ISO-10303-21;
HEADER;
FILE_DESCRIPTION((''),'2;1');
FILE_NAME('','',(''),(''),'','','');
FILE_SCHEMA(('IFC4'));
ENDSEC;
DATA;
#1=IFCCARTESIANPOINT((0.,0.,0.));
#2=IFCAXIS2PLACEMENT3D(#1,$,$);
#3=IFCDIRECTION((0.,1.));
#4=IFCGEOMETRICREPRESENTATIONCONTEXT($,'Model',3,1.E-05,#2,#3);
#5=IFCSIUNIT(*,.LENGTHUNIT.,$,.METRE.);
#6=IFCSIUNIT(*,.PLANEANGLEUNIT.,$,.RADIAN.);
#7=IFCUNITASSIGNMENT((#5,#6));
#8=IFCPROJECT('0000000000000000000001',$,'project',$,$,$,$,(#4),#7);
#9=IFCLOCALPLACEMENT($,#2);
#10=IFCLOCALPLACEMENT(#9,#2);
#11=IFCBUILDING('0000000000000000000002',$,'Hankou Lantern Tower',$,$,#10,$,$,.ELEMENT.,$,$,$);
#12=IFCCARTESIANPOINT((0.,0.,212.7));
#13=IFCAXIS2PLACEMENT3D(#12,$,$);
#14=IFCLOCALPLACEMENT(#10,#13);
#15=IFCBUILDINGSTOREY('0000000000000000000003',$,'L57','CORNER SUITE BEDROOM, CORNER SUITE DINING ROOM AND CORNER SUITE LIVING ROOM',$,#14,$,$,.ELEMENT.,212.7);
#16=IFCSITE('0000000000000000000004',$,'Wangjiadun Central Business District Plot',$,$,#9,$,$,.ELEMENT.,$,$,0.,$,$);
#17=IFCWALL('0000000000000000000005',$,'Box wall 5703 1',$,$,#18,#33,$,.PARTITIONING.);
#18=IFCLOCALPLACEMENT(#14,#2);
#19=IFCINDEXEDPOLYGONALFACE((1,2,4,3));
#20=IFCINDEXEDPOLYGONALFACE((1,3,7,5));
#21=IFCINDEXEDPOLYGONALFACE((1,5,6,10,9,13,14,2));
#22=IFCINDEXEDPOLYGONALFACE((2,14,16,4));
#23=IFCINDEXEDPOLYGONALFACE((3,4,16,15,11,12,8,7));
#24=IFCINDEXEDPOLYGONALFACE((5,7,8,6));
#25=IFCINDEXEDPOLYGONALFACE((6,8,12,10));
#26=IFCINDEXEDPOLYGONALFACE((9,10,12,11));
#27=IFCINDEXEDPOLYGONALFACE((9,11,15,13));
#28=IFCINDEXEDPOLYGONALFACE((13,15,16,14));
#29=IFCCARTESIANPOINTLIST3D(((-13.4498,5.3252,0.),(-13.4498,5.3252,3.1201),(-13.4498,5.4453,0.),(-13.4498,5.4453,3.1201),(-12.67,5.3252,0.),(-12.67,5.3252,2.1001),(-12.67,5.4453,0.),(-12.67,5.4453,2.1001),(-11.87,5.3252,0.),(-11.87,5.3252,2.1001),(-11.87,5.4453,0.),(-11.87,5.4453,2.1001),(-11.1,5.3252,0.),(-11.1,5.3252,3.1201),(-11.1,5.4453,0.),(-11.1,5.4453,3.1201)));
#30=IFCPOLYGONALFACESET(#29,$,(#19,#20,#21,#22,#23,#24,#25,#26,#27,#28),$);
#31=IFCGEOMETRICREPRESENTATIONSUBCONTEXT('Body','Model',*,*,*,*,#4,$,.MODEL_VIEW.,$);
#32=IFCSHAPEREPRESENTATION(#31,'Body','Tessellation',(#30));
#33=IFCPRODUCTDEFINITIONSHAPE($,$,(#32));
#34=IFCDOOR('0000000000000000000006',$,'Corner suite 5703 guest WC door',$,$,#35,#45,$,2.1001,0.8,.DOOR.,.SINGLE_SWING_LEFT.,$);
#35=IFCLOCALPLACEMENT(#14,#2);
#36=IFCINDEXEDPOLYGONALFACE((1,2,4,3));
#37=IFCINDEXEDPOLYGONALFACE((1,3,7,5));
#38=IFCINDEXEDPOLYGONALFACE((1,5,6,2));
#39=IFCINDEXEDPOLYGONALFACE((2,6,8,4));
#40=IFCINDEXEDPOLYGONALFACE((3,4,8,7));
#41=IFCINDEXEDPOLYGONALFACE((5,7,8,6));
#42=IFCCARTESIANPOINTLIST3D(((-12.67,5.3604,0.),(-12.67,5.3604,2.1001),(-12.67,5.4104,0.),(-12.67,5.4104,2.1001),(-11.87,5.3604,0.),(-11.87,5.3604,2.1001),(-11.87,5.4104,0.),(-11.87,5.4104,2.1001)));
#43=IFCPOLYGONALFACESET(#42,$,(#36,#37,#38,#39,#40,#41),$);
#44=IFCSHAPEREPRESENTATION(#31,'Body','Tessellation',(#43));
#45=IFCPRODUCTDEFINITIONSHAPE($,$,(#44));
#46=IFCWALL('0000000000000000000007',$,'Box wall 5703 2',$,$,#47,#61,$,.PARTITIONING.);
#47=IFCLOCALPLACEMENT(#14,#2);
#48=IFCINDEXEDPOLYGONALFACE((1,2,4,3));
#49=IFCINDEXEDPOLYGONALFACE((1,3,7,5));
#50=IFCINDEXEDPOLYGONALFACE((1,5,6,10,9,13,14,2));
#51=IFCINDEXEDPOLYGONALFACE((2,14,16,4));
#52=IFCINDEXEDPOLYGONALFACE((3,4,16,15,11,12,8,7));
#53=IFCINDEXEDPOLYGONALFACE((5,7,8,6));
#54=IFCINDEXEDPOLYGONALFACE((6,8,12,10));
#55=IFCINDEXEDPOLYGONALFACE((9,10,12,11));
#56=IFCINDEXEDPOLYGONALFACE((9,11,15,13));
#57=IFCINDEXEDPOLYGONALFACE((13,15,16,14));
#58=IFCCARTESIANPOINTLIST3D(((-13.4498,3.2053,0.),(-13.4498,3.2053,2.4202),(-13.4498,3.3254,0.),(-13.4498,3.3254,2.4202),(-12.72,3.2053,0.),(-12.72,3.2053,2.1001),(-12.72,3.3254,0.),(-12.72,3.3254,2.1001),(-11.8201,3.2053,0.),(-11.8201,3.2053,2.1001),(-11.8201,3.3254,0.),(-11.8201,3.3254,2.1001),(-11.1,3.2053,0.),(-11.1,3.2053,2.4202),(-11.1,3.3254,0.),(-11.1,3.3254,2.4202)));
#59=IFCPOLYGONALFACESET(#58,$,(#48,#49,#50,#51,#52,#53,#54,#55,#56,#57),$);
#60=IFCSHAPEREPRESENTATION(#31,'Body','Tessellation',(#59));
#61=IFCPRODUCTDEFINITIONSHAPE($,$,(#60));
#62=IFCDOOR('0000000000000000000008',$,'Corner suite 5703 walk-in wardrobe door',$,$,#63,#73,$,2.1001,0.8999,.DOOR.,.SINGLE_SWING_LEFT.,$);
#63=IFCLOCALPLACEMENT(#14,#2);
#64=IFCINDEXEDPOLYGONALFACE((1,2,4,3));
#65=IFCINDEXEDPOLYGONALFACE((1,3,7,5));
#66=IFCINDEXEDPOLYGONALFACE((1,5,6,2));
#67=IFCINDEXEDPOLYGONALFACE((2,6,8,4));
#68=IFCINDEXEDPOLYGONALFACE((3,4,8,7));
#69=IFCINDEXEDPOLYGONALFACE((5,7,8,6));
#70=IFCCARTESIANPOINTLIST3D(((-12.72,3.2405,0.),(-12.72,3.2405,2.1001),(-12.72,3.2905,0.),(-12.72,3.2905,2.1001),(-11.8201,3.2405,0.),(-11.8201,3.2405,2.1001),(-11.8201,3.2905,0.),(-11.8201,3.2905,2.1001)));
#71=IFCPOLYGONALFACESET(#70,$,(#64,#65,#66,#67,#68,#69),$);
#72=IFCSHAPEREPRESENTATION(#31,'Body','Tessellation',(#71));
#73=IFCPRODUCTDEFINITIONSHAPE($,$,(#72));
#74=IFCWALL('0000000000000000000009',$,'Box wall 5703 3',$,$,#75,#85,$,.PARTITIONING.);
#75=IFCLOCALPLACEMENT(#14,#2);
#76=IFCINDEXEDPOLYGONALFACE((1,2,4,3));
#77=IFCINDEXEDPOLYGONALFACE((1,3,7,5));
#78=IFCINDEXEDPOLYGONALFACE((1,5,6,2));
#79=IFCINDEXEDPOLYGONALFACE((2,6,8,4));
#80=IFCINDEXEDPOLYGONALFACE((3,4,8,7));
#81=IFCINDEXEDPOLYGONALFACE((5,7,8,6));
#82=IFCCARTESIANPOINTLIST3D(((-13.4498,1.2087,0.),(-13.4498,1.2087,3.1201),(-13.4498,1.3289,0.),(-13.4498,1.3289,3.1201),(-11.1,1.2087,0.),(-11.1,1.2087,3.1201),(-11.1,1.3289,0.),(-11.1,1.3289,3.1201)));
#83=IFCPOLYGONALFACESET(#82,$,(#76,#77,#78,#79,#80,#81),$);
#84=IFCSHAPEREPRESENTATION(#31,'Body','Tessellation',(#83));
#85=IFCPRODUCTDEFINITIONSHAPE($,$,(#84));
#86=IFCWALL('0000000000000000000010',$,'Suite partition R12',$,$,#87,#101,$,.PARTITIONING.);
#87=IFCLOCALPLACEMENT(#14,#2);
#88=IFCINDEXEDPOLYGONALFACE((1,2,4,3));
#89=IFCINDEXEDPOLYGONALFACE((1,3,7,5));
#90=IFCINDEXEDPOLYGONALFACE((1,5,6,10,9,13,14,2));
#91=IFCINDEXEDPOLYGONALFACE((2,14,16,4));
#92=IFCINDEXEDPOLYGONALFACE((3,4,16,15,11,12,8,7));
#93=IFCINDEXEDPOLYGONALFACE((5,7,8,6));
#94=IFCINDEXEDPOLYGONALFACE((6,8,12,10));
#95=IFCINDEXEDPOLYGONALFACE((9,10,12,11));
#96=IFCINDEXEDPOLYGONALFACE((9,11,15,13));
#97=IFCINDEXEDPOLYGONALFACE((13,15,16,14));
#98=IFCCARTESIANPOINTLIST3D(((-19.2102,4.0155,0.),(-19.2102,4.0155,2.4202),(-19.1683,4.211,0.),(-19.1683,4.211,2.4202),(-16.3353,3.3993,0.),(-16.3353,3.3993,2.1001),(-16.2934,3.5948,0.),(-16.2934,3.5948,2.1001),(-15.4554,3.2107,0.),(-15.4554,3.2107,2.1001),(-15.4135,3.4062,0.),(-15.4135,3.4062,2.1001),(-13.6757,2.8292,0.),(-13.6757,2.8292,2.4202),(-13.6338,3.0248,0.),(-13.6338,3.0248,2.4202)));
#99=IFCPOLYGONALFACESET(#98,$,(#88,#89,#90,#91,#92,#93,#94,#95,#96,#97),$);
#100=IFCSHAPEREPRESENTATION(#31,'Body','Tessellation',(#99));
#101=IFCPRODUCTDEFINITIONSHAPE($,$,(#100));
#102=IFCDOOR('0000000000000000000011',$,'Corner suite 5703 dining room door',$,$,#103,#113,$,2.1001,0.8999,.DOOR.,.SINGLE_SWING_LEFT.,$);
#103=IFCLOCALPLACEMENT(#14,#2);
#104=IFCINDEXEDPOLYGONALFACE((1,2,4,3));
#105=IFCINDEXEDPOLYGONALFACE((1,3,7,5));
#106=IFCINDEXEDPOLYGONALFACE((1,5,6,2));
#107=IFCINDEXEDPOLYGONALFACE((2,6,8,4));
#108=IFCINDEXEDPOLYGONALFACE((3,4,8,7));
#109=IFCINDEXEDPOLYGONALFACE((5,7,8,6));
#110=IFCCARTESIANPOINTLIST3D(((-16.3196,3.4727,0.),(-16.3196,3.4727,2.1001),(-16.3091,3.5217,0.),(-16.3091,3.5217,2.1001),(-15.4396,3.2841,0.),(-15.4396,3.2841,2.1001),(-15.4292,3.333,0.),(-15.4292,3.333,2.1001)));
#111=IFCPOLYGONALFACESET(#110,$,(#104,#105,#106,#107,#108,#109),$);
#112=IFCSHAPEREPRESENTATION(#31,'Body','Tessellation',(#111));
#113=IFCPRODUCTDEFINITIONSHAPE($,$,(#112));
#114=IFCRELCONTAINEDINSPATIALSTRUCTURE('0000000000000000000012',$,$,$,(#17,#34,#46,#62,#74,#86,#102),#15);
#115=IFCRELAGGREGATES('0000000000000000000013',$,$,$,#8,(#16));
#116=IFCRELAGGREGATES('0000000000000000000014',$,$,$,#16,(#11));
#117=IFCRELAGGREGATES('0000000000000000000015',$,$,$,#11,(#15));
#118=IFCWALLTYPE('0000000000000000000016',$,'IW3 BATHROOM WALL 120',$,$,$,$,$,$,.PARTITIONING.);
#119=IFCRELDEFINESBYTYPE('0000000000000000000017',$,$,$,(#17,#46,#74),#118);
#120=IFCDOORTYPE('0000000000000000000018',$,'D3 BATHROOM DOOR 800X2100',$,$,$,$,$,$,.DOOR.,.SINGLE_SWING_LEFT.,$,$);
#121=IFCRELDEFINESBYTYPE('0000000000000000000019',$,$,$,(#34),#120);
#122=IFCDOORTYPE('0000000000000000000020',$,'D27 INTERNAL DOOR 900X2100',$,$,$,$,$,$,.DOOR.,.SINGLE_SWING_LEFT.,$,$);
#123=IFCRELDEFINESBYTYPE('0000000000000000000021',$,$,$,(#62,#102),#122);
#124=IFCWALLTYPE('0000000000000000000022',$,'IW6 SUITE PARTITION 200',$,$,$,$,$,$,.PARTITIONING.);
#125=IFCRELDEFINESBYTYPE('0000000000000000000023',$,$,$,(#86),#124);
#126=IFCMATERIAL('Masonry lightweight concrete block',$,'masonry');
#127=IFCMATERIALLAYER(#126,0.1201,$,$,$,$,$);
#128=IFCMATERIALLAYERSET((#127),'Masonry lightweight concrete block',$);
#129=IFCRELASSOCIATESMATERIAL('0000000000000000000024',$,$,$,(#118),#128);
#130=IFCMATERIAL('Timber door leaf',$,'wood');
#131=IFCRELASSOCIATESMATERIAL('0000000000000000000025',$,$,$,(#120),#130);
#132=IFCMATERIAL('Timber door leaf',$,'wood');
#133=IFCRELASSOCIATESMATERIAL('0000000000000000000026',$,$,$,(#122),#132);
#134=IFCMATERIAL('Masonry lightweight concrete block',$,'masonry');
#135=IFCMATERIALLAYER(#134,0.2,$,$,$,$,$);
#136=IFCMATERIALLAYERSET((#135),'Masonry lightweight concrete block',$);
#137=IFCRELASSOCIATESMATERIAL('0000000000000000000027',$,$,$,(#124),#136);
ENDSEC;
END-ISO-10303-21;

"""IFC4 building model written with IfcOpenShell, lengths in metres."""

from ifc_helpers import new_model, si_unit, direction, frame, frame_2d, origin, place, context, subcontext, project, spatial, rectangle, extrude, material, layer, layer_set, type_object, element, fill, save


model = new_model("IFC4")

# Units and contexts
model_context = context("Model", 3, precision=1e-05, world=origin(), true_north=direction((0.0, 1.0)))
body_context = subcontext(model_context, "Body", "Model", "MODEL_VIEW")
ifc_project = project(units=[si_unit("LENGTHUNIT", "METRE"), si_unit("PLANEANGLEUNIT", "RADIAN")], contexts=[model_context])

# Site, building, storey
site_placement = place(None, origin())
site = spatial("IfcSite", under=ifc_project, at=site_placement, Name="Wangjiadun Central Business District Plot", CompositionType="ELEMENT", RefElevation=0.0)
building_placement = place(site_placement, origin())
building = spatial("IfcBuilding", under=site, at=building_placement, Name="Hankou Lantern Tower", CompositionType="ELEMENT")
storey_placement = place(building_placement, frame((0.0, 0.0, 212.7)))
storey = spatial("IfcBuildingStorey", under=building, at=storey_placement, Name="L57", Description="CORNER SUITE BEDROOM, CORNER SUITE DINING ROOM AND CORNER SUITE LIVING ROOM", CompositionType="ELEMENT", Elevation=212.7)

# Walls, openings, doors
ifc_material_1 = material(Name="Masonry lightweight concrete block", Category="masonry")
ifc_layer_1 = layer(ifc_material_1, 0.1201)
ifc_layer_set_1 = layer_set([ifc_layer_1], Name="Masonry lightweight concrete block")
wall_type_1 = type_object("IfcWallType", Name="IW3 BATHROOM WALL 120", PredefinedType="PARTITIONING", material=ifc_layer_set_1)
wall_1_placement = place(storey_placement, frame((-11.1001, 5.3853, 0.0), z_axis=(0.0, 0.0, 1.0), x_axis=(-1.0, 0.0, 0.0)))
wall_1 = element("IfcWall", 1, at=wall_1_placement, inside=storey, type_object=wall_type_1, Name="Box wall 5703 1", PredefinedType="PARTITIONING", context=body_context, shape_type="SweptSolid", body=[
    extrude(rectangle(XDim=2.3499, YDim=0.1201, at=frame_2d((1.1748, 0.0))), origin(), (0.0, 0.0, 1.0), 3.1201),
])
opening_1_placement = place(wall_1_placement, frame((0.77, 0.0, 0.0)))
opening_1 = element("IfcOpeningElement", 2, at=opening_1_placement, cuts=wall_1, PredefinedType="OPENING", context=body_context, shape_type="SweptSolid", body=[
    extrude(rectangle(XDim=0.8, YDim=2.1001, at=frame_2d((0.3999, 1.05))), frame((0.0, 0.0701, 0.0), z_axis=(0.0, -1.0, 0.0), x_axis=(1.0, 0.0, 0.0)), (0.0, 0.0, 1.0), 0.1401),
])
ifc_material_2 = material(Name="Timber door leaf", Category="wood")
door_type_1 = type_object("IfcDoorType", Name="D3 BATHROOM DOOR 800X2100", OperationType="SINGLE_SWING_LEFT", PredefinedType="DOOR", material=ifc_material_2)
door_1_placement = place(opening_1_placement, origin())
door_1 = element("IfcDoor", 3, at=door_1_placement, inside=storey, type_object=door_type_1, Name="Corner suite 5703 guest WC door", OperationType="SINGLE_SWING_LEFT", OverallHeight=2.1001, OverallWidth=0.8, PredefinedType="DOOR", context=body_context, shape_type="SweptSolid", body=[
    extrude(rectangle(XDim=0.8, YDim=2.1001, at=frame_2d((0.3999, 1.05))), frame((0.0, 0.0249, 0.0), z_axis=(0.0, -1.0, 0.0), x_axis=(1.0, 0.0, 0.0)), (0.0, 0.0, 1.0), 0.05),
])
fill(opening_1, door_1)
wall_2_placement = place(storey_placement, frame((-11.1001, 3.2654, 0.0), z_axis=(0.0, 0.0, 1.0), x_axis=(-1.0, 0.0, 0.0)))
wall_2 = element("IfcWall", 4, at=wall_2_placement, inside=storey, type_object=wall_type_1, Name="Box wall 5703 2", PredefinedType="PARTITIONING", context=body_context, shape_type="SweptSolid", body=[
    extrude(rectangle(XDim=2.3499, YDim=0.1201, at=frame_2d((1.1748, 0.0))), origin(), (0.0, 0.0, 1.0), 2.4202),
])
opening_2_placement = place(wall_2_placement, frame((0.72, 0.0, 0.0)))
opening_2 = element("IfcOpeningElement", 5, at=opening_2_placement, cuts=wall_2, PredefinedType="OPENING", context=body_context, shape_type="SweptSolid", body=[
    extrude(rectangle(XDim=0.8999, YDim=2.1001, at=frame_2d((0.45, 1.05))), frame((0.0, 0.0701, 0.0), z_axis=(0.0, -1.0, 0.0), x_axis=(1.0, 0.0, 0.0)), (0.0, 0.0, 1.0), 0.1401),
])
ifc_material_3 = material(Name="Timber door leaf", Category="wood")
door_type_2 = type_object("IfcDoorType", Name="D27 INTERNAL DOOR 900X2100", OperationType="SINGLE_SWING_LEFT", PredefinedType="DOOR", material=ifc_material_3)
door_2_placement = place(opening_2_placement, origin())
door_2 = element("IfcDoor", 6, at=door_2_placement, inside=storey, type_object=door_type_2, Name="Corner suite 5703 walk-in wardrobe door", OperationType="SINGLE_SWING_LEFT", OverallHeight=2.1001, OverallWidth=0.8999, PredefinedType="DOOR", context=body_context, shape_type="SweptSolid", body=[
    extrude(rectangle(XDim=0.8999, YDim=2.1001, at=frame_2d((0.45, 1.05))), frame((0.0, 0.0249, 0.0), z_axis=(0.0, -1.0, 0.0), x_axis=(1.0, 0.0, 0.0)), (0.0, 0.0, 1.0), 0.05),
])
fill(opening_2, door_2)

# Wall
wall_3_placement = place(storey_placement, frame((-11.1001, 1.2688, 0.0), z_axis=(0.0, 0.0, 1.0), x_axis=(-1.0, 0.0, 0.0)))
element("IfcWall", 7, at=wall_3_placement, inside=storey, type_object=wall_type_1, Name="Box wall 5703 3", PredefinedType="PARTITIONING", context=body_context, shape_type="SweptSolid", body=[
    extrude(rectangle(XDim=2.3499, YDim=0.1201, at=frame_2d((1.1748, 0.0))), origin(), (0.0, 0.0, 1.0), 3.1201),
])

# Wall, opening, door
ifc_material_4 = material(Name="Masonry lightweight concrete block", Category="masonry")
ifc_layer_2 = layer(ifc_material_4, 0.2)
ifc_layer_set_2 = layer_set([ifc_layer_2], Name="Masonry lightweight concrete block")
wall_type_2 = type_object("IfcWallType", Name="IW6 SUITE PARTITION 200", PredefinedType="PARTITIONING", material=ifc_layer_set_2)
wall_4_placement = place(storey_placement, frame((-13.6548, 2.927, 0.0), z_axis=(0.0, 0.0, 1.0), x_axis=(-0.97779, 0.209585, 0.0)))
wall_4 = element("IfcWall", 8, at=wall_4_placement, inside=storey, type_object=wall_type_2, Name="Suite partition R12", PredefinedType="PARTITIONING", context=body_context, shape_type="SweptSolid", body=[
    extrude(rectangle(XDim=5.6602, YDim=0.2, at=frame_2d((2.8301, 0.0))), origin(), (0.0, 0.0, 1.0), 2.4202),
])
opening_3_placement = place(wall_4_placement, frame((1.8201, 0.0, 0.0)))
opening_3 = element("IfcOpeningElement", 9, at=opening_3_placement, cuts=wall_4, PredefinedType="OPENING", context=body_context, shape_type="SweptSolid", body=[
    extrude(rectangle(XDim=0.8999, YDim=2.1001, at=frame_2d((0.45, 1.05))), frame((0.0, 0.1099, 0.0), z_axis=(0.0, -1.0, 0.0), x_axis=(1.0, 0.0, 0.0)), (0.0, 0.0, 1.0), 0.22),
])
door_3_placement = place(opening_3_placement, origin())
door_3 = element("IfcDoor", 10, at=door_3_placement, inside=storey, type_object=door_type_2, Name="Corner suite 5703 dining room door", OperationType="SINGLE_SWING_LEFT", OverallHeight=2.1001, OverallWidth=0.8999, PredefinedType="DOOR", context=body_context, shape_type="SweptSolid", body=[
    extrude(rectangle(XDim=0.8999, YDim=2.1001, at=frame_2d((0.45, 1.05))), frame((0.0, 0.0249, 0.0), z_axis=(0.0, -1.0, 0.0), x_axis=(1.0, 0.0, 0.0)), (0.0, 0.0, 1.0), 0.05),
])
fill(opening_3, door_3)

save(model, "model.ifc")
